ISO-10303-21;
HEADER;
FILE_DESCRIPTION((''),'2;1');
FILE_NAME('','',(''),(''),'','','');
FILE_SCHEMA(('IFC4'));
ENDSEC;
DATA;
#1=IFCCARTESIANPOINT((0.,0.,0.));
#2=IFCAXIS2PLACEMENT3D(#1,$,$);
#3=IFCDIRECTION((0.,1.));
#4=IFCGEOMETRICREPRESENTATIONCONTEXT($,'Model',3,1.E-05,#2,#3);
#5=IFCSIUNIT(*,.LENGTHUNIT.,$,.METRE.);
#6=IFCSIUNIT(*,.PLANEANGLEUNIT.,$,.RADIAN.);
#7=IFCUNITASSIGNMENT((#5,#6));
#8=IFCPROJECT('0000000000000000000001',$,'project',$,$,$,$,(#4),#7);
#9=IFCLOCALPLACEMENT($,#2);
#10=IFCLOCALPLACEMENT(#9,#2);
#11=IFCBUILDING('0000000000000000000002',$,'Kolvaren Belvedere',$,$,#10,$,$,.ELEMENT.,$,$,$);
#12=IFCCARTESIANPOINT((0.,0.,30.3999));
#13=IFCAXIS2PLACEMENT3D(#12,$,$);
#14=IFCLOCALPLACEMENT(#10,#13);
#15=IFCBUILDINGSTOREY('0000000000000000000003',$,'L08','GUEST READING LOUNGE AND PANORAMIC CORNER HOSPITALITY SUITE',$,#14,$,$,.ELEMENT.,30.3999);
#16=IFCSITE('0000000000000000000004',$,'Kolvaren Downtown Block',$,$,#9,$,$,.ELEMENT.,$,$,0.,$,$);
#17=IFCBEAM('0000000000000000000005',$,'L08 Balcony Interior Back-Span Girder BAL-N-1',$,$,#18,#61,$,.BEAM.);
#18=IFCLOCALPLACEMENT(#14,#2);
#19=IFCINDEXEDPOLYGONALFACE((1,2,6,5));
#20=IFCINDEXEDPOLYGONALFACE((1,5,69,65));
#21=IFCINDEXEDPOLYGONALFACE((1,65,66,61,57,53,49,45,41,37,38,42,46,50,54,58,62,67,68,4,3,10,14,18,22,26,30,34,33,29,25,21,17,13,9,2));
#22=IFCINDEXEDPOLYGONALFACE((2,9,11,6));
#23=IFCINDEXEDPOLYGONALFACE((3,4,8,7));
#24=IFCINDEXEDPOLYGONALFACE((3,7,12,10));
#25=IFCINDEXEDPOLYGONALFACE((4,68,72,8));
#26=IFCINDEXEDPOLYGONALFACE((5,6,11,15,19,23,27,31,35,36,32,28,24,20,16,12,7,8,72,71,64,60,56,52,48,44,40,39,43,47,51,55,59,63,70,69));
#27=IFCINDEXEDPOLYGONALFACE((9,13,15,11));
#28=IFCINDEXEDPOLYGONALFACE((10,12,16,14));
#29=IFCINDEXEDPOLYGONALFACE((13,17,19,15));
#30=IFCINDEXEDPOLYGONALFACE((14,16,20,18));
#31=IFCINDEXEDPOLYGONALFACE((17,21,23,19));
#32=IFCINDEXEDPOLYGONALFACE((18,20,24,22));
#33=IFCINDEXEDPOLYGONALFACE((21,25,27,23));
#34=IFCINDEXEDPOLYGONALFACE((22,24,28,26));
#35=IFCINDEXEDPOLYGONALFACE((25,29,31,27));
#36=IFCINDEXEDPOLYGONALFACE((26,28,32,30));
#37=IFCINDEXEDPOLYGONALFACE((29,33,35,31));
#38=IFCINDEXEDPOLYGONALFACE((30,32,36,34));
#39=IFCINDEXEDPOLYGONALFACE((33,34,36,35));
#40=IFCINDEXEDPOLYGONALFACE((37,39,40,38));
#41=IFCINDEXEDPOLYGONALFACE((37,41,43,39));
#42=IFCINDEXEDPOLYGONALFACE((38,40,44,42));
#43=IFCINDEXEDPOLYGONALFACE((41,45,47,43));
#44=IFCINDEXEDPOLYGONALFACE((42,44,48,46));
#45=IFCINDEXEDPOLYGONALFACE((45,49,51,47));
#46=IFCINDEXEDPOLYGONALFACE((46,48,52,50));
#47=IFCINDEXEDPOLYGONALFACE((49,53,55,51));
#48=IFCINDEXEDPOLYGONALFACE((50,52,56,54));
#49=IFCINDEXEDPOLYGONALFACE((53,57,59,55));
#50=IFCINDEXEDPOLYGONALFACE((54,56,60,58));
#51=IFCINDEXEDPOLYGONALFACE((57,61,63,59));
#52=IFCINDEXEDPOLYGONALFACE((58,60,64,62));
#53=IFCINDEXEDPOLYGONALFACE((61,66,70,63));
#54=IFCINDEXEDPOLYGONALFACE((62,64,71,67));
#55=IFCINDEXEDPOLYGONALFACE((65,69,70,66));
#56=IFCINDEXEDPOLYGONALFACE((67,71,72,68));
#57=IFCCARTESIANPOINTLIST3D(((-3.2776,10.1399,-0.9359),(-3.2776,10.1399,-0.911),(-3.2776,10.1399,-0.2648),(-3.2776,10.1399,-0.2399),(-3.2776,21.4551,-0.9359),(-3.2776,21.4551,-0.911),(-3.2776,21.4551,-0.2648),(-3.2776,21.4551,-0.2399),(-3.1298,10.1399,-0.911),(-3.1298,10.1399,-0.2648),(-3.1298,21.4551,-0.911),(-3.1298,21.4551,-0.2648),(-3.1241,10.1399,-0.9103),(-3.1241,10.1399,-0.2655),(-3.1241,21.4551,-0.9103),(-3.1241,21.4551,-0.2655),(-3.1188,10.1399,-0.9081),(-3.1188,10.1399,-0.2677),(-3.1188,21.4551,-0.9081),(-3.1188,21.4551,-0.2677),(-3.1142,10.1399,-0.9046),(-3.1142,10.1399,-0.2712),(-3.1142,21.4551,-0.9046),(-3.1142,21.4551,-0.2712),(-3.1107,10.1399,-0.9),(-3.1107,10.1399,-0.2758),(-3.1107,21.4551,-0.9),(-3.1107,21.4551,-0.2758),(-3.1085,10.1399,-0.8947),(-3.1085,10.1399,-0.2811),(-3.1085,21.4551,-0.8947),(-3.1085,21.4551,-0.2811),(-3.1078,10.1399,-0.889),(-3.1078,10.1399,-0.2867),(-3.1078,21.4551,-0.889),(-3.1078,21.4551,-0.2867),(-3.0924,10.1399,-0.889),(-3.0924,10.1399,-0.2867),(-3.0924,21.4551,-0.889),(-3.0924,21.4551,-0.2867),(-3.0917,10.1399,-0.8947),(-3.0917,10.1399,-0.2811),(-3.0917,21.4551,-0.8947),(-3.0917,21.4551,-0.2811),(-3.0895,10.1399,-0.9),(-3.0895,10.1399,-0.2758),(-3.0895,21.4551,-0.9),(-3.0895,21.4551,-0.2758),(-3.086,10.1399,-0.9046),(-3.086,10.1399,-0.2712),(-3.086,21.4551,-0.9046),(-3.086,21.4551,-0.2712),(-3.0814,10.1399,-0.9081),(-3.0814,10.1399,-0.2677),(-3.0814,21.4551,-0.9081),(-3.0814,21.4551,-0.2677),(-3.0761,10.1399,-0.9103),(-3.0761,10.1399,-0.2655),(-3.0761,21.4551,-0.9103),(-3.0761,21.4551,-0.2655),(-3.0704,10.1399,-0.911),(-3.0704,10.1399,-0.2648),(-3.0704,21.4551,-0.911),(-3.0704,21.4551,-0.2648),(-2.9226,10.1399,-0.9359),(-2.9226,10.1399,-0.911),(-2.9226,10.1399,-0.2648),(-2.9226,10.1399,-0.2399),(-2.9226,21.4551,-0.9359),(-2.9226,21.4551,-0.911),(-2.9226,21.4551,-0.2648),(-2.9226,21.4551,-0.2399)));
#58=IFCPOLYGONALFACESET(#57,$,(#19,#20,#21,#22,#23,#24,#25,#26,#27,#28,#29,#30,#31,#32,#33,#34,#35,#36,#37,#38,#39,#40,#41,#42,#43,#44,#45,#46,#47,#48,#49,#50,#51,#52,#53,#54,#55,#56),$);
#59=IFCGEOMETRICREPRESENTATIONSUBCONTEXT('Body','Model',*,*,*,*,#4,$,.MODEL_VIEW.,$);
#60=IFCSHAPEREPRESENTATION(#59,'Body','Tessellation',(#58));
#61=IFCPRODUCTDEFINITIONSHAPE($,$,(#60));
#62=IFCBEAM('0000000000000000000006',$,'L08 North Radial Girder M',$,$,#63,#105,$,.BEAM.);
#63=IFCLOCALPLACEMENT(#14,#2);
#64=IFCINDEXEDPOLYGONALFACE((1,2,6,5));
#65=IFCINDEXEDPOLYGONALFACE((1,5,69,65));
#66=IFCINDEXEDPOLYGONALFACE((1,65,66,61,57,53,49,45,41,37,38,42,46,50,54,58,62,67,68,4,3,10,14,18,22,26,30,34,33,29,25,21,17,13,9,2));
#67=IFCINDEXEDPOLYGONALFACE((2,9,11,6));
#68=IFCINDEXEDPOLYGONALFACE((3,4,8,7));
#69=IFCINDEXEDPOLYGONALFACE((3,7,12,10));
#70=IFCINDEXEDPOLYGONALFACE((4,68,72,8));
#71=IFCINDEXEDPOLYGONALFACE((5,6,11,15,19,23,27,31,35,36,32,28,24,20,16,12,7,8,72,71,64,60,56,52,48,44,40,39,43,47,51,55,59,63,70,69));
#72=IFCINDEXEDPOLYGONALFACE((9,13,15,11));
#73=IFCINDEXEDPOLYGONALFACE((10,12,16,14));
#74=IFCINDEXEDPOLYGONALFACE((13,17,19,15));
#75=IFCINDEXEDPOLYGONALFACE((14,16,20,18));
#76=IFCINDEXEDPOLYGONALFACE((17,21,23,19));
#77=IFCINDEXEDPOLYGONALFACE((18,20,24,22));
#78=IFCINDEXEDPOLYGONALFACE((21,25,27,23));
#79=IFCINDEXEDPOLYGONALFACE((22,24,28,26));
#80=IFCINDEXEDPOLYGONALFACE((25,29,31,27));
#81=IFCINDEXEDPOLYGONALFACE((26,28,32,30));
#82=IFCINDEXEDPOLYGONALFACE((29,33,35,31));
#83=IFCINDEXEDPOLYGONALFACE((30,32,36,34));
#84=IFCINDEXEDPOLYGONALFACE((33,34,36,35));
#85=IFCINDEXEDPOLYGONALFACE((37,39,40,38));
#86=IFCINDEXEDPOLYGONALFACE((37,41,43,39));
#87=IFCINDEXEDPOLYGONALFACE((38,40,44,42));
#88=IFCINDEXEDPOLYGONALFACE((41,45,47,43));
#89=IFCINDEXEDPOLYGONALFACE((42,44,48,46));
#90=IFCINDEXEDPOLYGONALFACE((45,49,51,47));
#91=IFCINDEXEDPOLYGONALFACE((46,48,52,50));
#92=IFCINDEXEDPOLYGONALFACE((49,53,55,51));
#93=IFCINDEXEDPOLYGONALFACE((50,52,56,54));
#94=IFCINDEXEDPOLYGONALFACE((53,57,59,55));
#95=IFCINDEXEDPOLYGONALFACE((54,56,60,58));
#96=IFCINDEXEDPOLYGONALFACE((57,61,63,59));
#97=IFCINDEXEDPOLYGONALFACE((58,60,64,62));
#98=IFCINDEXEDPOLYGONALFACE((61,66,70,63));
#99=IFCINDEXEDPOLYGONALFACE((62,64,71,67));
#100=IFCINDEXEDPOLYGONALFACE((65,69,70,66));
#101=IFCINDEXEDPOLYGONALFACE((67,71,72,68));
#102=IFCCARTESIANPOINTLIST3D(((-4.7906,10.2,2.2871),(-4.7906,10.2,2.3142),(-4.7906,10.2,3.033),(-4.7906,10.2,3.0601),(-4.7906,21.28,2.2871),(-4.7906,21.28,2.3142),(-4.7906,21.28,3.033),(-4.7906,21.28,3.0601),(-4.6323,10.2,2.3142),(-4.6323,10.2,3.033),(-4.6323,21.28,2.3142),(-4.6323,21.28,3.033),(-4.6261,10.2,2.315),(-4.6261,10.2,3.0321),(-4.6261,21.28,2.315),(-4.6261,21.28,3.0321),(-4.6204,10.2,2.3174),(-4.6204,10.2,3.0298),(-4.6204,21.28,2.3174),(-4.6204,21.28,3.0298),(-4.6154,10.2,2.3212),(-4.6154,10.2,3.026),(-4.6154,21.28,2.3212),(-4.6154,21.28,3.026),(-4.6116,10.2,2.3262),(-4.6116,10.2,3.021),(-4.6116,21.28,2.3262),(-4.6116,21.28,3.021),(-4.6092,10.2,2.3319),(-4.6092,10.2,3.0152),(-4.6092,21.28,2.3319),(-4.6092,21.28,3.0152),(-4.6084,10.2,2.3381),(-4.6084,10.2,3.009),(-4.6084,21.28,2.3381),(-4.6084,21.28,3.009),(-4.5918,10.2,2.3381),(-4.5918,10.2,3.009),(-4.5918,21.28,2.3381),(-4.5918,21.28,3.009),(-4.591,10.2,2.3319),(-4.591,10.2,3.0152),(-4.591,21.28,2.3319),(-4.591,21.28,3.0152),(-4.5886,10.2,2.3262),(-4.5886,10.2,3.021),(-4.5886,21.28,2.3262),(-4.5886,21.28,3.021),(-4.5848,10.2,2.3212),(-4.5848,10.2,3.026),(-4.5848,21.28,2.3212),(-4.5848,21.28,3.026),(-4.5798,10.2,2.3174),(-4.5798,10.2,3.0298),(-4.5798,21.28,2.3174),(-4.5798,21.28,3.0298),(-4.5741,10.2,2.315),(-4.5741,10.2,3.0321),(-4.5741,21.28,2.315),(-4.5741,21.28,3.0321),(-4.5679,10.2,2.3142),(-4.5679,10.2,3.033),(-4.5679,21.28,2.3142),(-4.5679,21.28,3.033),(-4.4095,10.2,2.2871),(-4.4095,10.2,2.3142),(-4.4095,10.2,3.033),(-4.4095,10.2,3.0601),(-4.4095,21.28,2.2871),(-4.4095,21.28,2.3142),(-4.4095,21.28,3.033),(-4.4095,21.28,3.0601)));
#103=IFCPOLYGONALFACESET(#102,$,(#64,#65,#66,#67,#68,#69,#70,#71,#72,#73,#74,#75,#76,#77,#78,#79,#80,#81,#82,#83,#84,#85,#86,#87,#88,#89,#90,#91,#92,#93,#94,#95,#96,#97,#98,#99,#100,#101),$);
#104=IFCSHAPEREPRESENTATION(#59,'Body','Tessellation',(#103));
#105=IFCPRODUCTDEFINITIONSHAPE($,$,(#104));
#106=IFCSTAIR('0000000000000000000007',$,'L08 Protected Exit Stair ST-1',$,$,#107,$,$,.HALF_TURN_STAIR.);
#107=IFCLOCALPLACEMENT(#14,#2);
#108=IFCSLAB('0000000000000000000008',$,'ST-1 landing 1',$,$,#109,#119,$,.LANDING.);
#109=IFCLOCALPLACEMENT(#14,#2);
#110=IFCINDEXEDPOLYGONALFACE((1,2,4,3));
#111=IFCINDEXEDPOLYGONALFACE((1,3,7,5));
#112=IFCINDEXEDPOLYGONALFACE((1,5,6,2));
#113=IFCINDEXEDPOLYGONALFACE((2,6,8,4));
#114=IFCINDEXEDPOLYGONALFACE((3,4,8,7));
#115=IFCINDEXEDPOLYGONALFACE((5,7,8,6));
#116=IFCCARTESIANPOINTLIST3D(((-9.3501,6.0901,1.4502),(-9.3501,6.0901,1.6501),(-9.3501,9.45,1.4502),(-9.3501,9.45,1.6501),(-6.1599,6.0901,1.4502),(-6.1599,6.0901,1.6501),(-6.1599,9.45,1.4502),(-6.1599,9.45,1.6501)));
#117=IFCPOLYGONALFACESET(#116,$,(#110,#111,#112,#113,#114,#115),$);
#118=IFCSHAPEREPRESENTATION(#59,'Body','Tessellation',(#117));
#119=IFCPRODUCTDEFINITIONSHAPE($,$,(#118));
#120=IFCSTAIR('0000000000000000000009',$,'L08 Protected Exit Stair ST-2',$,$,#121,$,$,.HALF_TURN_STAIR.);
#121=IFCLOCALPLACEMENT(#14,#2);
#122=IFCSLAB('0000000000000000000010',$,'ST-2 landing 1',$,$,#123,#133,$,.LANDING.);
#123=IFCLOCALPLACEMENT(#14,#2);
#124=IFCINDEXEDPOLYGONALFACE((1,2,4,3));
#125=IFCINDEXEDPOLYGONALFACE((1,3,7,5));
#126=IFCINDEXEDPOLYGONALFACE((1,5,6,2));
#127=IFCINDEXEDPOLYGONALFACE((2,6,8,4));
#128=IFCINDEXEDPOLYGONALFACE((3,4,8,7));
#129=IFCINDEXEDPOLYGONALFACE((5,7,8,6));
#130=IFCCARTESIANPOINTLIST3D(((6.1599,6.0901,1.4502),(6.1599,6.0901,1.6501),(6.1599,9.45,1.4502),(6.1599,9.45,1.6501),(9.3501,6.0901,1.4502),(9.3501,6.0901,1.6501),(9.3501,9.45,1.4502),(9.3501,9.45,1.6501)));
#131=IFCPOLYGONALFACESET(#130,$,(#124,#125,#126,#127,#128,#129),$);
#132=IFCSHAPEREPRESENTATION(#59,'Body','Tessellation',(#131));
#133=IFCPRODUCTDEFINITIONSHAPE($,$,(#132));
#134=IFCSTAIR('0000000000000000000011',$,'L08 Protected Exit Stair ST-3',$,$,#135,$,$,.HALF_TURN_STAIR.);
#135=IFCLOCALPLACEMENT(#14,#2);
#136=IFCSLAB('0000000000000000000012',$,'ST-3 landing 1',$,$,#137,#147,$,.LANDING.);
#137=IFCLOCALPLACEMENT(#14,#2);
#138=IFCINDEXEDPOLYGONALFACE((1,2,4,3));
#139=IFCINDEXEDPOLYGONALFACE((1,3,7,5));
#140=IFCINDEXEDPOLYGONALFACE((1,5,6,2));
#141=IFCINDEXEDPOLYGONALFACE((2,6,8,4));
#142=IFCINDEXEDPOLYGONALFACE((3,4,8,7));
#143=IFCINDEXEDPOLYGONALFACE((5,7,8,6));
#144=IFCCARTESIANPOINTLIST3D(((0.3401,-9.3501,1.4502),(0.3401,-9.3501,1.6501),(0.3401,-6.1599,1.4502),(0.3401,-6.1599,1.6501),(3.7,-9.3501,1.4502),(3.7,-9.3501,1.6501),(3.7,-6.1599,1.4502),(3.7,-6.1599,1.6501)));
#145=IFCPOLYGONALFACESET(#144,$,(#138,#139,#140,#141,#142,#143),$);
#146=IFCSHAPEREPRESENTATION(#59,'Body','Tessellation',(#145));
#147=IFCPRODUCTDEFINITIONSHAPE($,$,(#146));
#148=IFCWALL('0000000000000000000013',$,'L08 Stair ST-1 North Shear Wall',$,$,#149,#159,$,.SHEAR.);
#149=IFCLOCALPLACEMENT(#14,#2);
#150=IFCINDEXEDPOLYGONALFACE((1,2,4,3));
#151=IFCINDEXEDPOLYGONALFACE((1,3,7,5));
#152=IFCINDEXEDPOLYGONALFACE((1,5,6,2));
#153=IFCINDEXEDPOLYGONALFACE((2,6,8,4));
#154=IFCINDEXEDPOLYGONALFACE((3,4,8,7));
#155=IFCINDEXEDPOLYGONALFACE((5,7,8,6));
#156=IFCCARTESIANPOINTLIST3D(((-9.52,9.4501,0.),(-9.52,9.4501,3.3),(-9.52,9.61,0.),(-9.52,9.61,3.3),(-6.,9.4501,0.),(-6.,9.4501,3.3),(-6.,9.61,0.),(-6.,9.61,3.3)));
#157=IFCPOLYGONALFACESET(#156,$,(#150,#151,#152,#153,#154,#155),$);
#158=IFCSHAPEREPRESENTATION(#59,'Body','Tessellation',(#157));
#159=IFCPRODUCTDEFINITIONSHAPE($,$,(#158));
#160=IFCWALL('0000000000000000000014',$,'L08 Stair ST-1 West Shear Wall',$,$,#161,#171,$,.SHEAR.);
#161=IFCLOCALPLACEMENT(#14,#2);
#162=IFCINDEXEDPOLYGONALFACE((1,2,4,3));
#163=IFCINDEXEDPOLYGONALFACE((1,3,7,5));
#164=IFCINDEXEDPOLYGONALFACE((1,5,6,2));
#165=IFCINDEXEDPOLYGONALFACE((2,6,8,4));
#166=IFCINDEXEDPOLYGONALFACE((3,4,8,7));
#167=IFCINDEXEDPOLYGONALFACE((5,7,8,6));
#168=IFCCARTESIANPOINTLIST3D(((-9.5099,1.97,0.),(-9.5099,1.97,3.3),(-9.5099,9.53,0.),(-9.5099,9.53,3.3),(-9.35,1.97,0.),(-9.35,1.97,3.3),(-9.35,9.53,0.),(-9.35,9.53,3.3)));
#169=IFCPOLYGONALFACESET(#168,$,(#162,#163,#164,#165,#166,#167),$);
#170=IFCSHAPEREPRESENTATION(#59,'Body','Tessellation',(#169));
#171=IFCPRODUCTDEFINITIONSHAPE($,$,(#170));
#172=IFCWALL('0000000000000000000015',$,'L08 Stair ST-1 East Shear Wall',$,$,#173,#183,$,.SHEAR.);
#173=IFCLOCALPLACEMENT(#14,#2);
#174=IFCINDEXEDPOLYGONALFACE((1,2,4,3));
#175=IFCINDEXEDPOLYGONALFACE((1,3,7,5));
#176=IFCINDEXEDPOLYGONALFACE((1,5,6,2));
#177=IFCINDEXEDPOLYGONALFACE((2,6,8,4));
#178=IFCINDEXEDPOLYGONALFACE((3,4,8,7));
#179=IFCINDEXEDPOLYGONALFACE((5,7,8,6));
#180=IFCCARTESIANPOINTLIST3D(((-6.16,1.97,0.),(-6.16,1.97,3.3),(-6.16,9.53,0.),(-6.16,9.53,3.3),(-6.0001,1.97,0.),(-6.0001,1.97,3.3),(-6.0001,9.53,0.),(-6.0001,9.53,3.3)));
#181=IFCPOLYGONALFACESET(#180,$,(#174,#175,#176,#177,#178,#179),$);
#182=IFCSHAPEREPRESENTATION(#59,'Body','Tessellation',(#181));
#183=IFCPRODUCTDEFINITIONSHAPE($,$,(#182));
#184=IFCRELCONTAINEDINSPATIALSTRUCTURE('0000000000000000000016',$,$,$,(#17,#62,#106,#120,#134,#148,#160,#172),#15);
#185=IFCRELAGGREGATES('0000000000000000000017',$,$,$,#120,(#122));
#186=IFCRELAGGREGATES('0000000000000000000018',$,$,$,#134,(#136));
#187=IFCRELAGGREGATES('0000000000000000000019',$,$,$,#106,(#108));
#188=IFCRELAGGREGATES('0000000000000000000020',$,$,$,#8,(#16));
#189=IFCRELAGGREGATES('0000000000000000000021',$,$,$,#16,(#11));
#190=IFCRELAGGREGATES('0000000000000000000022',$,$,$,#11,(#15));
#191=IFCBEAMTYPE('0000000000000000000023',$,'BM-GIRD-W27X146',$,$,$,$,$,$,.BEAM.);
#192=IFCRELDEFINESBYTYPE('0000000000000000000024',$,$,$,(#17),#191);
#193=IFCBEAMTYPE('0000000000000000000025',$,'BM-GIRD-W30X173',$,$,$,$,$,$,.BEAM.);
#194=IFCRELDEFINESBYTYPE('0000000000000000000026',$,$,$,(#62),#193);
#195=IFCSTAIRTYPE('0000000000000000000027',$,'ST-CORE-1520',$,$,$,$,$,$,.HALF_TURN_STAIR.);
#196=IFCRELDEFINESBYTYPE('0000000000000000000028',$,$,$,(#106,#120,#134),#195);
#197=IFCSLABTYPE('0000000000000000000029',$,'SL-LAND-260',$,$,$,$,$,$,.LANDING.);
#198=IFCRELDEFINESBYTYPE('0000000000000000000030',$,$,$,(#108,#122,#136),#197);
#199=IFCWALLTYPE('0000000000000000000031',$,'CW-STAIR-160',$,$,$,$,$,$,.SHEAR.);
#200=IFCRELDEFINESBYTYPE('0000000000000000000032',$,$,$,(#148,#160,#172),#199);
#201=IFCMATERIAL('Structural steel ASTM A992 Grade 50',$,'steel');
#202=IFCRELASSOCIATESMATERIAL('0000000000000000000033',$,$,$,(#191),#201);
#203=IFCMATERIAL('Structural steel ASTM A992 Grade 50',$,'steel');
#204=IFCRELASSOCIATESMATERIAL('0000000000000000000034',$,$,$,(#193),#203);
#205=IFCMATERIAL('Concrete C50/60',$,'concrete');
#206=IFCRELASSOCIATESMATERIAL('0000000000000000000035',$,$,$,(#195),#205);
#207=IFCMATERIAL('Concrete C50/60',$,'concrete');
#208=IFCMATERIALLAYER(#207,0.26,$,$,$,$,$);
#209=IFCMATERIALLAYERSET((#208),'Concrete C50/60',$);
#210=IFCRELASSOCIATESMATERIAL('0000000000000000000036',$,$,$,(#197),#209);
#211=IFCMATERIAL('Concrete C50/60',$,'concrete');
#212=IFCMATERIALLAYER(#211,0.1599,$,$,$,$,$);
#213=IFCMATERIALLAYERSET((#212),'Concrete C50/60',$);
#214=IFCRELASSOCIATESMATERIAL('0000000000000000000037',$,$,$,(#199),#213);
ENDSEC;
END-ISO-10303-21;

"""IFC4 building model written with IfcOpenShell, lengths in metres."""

from ifc_helpers import new_model, si_unit, direction, frame, frame_2d, origin, origin_2d, place, context, subcontext, project, spatial, polyline, rectangle, i_section, outline, extrude, material, layer, layer_set, material_profile, profile_set, type_object, element, aggregate, save


model = new_model("IFC4")

# Units and contexts
model_context = context("Model", 3, precision=1e-05, world=origin(), true_north=direction((0.0, 1.0)))
body_context = subcontext(model_context, "Body", "Model", "MODEL_VIEW")
ifc_project = project(units=[si_unit("LENGTHUNIT", "METRE"), si_unit("PLANEANGLEUNIT", "RADIAN")], contexts=[model_context])

# Site, building, storey
site_placement = place(None, origin())
site = spatial("IfcSite", under=ifc_project, at=site_placement, Name="Kolvaren Downtown Block", CompositionType="ELEMENT", RefElevation=0.0)
building_placement = place(site_placement, origin())
building = spatial("IfcBuilding", under=site, at=building_placement, Name="Kolvaren Belvedere", CompositionType="ELEMENT")
storey_placement = place(building_placement, frame((0.0, 0.0, 30.3999)))
storey = spatial("IfcBuildingStorey", under=building, at=storey_placement, Name="L08", Description="GUEST READING LOUNGE AND PANORAMIC CORNER HOSPITALITY SUITE", CompositionType="ELEMENT", Elevation=30.3999)

# Beams
ifc_material_1 = material(Name="Structural steel ASTM A992 Grade 50", Category="steel")
ifc_material_profile_1 = material_profile(ifc_material_1, i_section(OverallWidth=0.355, OverallDepth=0.696, WebThickness=0.0154, FlangeThickness=0.0249, FilletRadius=0.022, at=origin_2d()), Name="W27X146")
ifc_profile_set_1 = profile_set([ifc_material_profile_1], Name="Structural steel ASTM A992 Grade 50")
beam_type_1 = type_object("IfcBeamType", Name="BM-GIRD-W27X146", PredefinedType="BEAM", material=ifc_profile_set_1)
beam_1_placement = place(storey_placement, frame((-3.1001, 10.1399, -0.5879), z_axis=(0.0, 1.0, 0.0), x_axis=(-1.0, 0.0, 0.0)))
element("IfcBeam", 1, at=beam_1_placement, inside=storey, type_object=beam_type_1, Name="L08 Balcony Interior Back-Span Girder BAL-N-1", PredefinedType="BEAM", context=body_context, shape_type="SweptSolid", body=[
    extrude(i_section(OverallWidth=0.355, OverallDepth=0.696, WebThickness=0.0154, FlangeThickness=0.0249, FilletRadius=0.022, at=origin_2d()), origin(), (0.0, 0.0, 1.0), 11.3152),
])
ifc_material_2 = material(Name="Structural steel ASTM A992 Grade 50", Category="steel")
ifc_material_profile_2 = material_profile(ifc_material_2, i_section(OverallWidth=0.3811, OverallDepth=0.7729, WebThickness=0.0166, FlangeThickness=0.0271, FilletRadius=0.0239, at=origin_2d()), Name="W30X173")
ifc_profile_set_2 = profile_set([ifc_material_profile_2], Name="Structural steel ASTM A992 Grade 50")
beam_type_2 = type_object("IfcBeamType", Name="BM-GIRD-W30X173", PredefinedType="BEAM", material=ifc_profile_set_2)
beam_2_placement = place(storey_placement, frame((-4.6001, 10.2, 2.6736), z_axis=(0.0, 1.0, 0.0), x_axis=(-1.0, 0.0, 0.0)))
element("IfcBeam", 2, at=beam_2_placement, inside=storey, type_object=beam_type_2, Name="L08 North Radial Girder M", PredefinedType="BEAM", context=body_context, shape_type="SweptSolid", body=[
    extrude(i_section(OverallWidth=0.3811, OverallDepth=0.7729, WebThickness=0.0166, FlangeThickness=0.0271, FilletRadius=0.0239, at=origin_2d()), origin(), (0.0, 0.0, 1.0), 11.0801),
])

# Stairs, slabs
ifc_material_3 = material(Name="Concrete C50/60", Category="concrete")
stair_type = type_object("IfcStairType", Name="ST-CORE-1520", PredefinedType="HALF_TURN_STAIR", material=ifc_material_3)
stair_1_placement = place(storey_placement, origin())
stair_1 = element("IfcStair", 3, at=stair_1_placement, inside=storey, type_object=stair_type, Name="L08 Protected Exit Stair ST-1", PredefinedType="HALF_TURN_STAIR")
ifc_material_4 = material(Name="Concrete C50/60", Category="concrete")
ifc_layer_1 = layer(ifc_material_4, 0.26)
ifc_layer_set_1 = layer_set([ifc_layer_1], Name="Concrete C50/60")
slab_type = type_object("IfcSlabType", Name="SL-LAND-260", PredefinedType="LANDING", material=ifc_layer_set_1)
slab_1_placement = place(storey_placement, frame((0.0, 0.0, 1.4502)))
slab_1 = element("IfcSlab", 4, at=slab_1_placement, type_object=slab_type, Name="ST-1 landing 1", PredefinedType="LANDING", context=body_context, shape_type="SweptSolid", body=[
    extrude(outline(polyline([(-6.1599, 6.0901), (-6.1599, 9.45), (-9.3501, 9.45), (-9.3501, 6.0901), (-6.1599, 6.0901)])), origin(), (0.0, 0.0, 1.0), 0.2),
])
stair_2_placement = place(storey_placement, origin())
stair_2 = element("IfcStair", 5, at=stair_2_placement, inside=storey, type_object=stair_type, Name="L08 Protected Exit Stair ST-2", PredefinedType="HALF_TURN_STAIR")
slab_2_placement = place(storey_placement, frame((0.0, 0.0, 1.4502)))
slab_2 = element("IfcSlab", 6, at=slab_2_placement, type_object=slab_type, Name="ST-2 landing 1", PredefinedType="LANDING", context=body_context, shape_type="SweptSolid", body=[
    extrude(outline(polyline([(9.3501, 6.0901), (9.3501, 9.45), (6.1599, 9.45), (6.1599, 6.0901), (9.3501, 6.0901)])), origin(), (0.0, 0.0, 1.0), 0.2),
])
aggregate(stair_2, [slab_2])
stair_3_placement = place(storey_placement, origin())
stair_3 = element("IfcStair", 7, at=stair_3_placement, inside=storey, type_object=stair_type, Name="L08 Protected Exit Stair ST-3", PredefinedType="HALF_TURN_STAIR")
slab_3_placement = place(storey_placement, frame((0.0, 0.0, 1.4502)))
slab_3 = element("IfcSlab", 8, at=slab_3_placement, type_object=slab_type, Name="ST-3 landing 1", PredefinedType="LANDING", context=body_context, shape_type="SweptSolid", body=[
    extrude(outline(polyline([(0.3401, -9.3501), (3.7, -9.3501), (3.7, -6.1599), (0.3401, -6.1599), (0.3401, -9.3501)])), origin(), (0.0, 0.0, 1.0), 0.2),
])
aggregate(stair_3, [slab_3])

# Walls
ifc_material_5 = material(Name="Concrete C50/60", Category="concrete")
ifc_layer_2 = layer(ifc_material_5, 0.1599)
ifc_layer_set_2 = layer_set([ifc_layer_2], Name="Concrete C50/60")
wall_type_1 = type_object("IfcWallType", Name="CW-STAIR-160", PredefinedType="SHEAR", material=ifc_layer_set_2)
wall_1_placement = place(storey_placement, frame((-9.52, 9.53, 0.0), z_axis=(0.0, 0.0, 1.0), x_axis=(1.0, 0.0, 0.0)))
element("IfcWall", 9, at=wall_1_placement, inside=storey, type_object=wall_type_1, Name="L08 Stair ST-1 North Shear Wall", PredefinedType="SHEAR", context=body_context, shape_type="SweptSolid", body=[
    extrude(rectangle(XDim=3.52, YDim=0.1599, at=frame_2d((1.76, 0.0))), origin(), (0.0, 0.0, 1.0), 3.3),
])
for number, where, z_axis, x_axis, name in (
    (10, (-9.4299, 1.97, 0.0), (0.0, 0.0, 1.0), (0.0, 1.0, 0.0), "L08 Stair ST-1 West Shear Wall"),
    (11, (-6.0801, 1.97, 0.0), (0.0, 0.0, 1.0), (0.0, 1.0, 0.0), "L08 Stair ST-1 East Shear Wall"),
):
    element("IfcWall", number, at=place(storey_placement, frame(where, z_axis=z_axis, x_axis=x_axis)), inside=storey, type_object=wall_type_1, Name=name, PredefinedType="SHEAR", context=body_context, shape_type="SweptSolid", body=[
        extrude(rectangle(XDim=7.5601, YDim=0.1599, at=frame_2d((3.78, 0.0))), origin(), (0.0, 0.0, 1.0), 3.3),
    ])

aggregate(stair_1, [slab_1])

save(model, "model.ifc")
